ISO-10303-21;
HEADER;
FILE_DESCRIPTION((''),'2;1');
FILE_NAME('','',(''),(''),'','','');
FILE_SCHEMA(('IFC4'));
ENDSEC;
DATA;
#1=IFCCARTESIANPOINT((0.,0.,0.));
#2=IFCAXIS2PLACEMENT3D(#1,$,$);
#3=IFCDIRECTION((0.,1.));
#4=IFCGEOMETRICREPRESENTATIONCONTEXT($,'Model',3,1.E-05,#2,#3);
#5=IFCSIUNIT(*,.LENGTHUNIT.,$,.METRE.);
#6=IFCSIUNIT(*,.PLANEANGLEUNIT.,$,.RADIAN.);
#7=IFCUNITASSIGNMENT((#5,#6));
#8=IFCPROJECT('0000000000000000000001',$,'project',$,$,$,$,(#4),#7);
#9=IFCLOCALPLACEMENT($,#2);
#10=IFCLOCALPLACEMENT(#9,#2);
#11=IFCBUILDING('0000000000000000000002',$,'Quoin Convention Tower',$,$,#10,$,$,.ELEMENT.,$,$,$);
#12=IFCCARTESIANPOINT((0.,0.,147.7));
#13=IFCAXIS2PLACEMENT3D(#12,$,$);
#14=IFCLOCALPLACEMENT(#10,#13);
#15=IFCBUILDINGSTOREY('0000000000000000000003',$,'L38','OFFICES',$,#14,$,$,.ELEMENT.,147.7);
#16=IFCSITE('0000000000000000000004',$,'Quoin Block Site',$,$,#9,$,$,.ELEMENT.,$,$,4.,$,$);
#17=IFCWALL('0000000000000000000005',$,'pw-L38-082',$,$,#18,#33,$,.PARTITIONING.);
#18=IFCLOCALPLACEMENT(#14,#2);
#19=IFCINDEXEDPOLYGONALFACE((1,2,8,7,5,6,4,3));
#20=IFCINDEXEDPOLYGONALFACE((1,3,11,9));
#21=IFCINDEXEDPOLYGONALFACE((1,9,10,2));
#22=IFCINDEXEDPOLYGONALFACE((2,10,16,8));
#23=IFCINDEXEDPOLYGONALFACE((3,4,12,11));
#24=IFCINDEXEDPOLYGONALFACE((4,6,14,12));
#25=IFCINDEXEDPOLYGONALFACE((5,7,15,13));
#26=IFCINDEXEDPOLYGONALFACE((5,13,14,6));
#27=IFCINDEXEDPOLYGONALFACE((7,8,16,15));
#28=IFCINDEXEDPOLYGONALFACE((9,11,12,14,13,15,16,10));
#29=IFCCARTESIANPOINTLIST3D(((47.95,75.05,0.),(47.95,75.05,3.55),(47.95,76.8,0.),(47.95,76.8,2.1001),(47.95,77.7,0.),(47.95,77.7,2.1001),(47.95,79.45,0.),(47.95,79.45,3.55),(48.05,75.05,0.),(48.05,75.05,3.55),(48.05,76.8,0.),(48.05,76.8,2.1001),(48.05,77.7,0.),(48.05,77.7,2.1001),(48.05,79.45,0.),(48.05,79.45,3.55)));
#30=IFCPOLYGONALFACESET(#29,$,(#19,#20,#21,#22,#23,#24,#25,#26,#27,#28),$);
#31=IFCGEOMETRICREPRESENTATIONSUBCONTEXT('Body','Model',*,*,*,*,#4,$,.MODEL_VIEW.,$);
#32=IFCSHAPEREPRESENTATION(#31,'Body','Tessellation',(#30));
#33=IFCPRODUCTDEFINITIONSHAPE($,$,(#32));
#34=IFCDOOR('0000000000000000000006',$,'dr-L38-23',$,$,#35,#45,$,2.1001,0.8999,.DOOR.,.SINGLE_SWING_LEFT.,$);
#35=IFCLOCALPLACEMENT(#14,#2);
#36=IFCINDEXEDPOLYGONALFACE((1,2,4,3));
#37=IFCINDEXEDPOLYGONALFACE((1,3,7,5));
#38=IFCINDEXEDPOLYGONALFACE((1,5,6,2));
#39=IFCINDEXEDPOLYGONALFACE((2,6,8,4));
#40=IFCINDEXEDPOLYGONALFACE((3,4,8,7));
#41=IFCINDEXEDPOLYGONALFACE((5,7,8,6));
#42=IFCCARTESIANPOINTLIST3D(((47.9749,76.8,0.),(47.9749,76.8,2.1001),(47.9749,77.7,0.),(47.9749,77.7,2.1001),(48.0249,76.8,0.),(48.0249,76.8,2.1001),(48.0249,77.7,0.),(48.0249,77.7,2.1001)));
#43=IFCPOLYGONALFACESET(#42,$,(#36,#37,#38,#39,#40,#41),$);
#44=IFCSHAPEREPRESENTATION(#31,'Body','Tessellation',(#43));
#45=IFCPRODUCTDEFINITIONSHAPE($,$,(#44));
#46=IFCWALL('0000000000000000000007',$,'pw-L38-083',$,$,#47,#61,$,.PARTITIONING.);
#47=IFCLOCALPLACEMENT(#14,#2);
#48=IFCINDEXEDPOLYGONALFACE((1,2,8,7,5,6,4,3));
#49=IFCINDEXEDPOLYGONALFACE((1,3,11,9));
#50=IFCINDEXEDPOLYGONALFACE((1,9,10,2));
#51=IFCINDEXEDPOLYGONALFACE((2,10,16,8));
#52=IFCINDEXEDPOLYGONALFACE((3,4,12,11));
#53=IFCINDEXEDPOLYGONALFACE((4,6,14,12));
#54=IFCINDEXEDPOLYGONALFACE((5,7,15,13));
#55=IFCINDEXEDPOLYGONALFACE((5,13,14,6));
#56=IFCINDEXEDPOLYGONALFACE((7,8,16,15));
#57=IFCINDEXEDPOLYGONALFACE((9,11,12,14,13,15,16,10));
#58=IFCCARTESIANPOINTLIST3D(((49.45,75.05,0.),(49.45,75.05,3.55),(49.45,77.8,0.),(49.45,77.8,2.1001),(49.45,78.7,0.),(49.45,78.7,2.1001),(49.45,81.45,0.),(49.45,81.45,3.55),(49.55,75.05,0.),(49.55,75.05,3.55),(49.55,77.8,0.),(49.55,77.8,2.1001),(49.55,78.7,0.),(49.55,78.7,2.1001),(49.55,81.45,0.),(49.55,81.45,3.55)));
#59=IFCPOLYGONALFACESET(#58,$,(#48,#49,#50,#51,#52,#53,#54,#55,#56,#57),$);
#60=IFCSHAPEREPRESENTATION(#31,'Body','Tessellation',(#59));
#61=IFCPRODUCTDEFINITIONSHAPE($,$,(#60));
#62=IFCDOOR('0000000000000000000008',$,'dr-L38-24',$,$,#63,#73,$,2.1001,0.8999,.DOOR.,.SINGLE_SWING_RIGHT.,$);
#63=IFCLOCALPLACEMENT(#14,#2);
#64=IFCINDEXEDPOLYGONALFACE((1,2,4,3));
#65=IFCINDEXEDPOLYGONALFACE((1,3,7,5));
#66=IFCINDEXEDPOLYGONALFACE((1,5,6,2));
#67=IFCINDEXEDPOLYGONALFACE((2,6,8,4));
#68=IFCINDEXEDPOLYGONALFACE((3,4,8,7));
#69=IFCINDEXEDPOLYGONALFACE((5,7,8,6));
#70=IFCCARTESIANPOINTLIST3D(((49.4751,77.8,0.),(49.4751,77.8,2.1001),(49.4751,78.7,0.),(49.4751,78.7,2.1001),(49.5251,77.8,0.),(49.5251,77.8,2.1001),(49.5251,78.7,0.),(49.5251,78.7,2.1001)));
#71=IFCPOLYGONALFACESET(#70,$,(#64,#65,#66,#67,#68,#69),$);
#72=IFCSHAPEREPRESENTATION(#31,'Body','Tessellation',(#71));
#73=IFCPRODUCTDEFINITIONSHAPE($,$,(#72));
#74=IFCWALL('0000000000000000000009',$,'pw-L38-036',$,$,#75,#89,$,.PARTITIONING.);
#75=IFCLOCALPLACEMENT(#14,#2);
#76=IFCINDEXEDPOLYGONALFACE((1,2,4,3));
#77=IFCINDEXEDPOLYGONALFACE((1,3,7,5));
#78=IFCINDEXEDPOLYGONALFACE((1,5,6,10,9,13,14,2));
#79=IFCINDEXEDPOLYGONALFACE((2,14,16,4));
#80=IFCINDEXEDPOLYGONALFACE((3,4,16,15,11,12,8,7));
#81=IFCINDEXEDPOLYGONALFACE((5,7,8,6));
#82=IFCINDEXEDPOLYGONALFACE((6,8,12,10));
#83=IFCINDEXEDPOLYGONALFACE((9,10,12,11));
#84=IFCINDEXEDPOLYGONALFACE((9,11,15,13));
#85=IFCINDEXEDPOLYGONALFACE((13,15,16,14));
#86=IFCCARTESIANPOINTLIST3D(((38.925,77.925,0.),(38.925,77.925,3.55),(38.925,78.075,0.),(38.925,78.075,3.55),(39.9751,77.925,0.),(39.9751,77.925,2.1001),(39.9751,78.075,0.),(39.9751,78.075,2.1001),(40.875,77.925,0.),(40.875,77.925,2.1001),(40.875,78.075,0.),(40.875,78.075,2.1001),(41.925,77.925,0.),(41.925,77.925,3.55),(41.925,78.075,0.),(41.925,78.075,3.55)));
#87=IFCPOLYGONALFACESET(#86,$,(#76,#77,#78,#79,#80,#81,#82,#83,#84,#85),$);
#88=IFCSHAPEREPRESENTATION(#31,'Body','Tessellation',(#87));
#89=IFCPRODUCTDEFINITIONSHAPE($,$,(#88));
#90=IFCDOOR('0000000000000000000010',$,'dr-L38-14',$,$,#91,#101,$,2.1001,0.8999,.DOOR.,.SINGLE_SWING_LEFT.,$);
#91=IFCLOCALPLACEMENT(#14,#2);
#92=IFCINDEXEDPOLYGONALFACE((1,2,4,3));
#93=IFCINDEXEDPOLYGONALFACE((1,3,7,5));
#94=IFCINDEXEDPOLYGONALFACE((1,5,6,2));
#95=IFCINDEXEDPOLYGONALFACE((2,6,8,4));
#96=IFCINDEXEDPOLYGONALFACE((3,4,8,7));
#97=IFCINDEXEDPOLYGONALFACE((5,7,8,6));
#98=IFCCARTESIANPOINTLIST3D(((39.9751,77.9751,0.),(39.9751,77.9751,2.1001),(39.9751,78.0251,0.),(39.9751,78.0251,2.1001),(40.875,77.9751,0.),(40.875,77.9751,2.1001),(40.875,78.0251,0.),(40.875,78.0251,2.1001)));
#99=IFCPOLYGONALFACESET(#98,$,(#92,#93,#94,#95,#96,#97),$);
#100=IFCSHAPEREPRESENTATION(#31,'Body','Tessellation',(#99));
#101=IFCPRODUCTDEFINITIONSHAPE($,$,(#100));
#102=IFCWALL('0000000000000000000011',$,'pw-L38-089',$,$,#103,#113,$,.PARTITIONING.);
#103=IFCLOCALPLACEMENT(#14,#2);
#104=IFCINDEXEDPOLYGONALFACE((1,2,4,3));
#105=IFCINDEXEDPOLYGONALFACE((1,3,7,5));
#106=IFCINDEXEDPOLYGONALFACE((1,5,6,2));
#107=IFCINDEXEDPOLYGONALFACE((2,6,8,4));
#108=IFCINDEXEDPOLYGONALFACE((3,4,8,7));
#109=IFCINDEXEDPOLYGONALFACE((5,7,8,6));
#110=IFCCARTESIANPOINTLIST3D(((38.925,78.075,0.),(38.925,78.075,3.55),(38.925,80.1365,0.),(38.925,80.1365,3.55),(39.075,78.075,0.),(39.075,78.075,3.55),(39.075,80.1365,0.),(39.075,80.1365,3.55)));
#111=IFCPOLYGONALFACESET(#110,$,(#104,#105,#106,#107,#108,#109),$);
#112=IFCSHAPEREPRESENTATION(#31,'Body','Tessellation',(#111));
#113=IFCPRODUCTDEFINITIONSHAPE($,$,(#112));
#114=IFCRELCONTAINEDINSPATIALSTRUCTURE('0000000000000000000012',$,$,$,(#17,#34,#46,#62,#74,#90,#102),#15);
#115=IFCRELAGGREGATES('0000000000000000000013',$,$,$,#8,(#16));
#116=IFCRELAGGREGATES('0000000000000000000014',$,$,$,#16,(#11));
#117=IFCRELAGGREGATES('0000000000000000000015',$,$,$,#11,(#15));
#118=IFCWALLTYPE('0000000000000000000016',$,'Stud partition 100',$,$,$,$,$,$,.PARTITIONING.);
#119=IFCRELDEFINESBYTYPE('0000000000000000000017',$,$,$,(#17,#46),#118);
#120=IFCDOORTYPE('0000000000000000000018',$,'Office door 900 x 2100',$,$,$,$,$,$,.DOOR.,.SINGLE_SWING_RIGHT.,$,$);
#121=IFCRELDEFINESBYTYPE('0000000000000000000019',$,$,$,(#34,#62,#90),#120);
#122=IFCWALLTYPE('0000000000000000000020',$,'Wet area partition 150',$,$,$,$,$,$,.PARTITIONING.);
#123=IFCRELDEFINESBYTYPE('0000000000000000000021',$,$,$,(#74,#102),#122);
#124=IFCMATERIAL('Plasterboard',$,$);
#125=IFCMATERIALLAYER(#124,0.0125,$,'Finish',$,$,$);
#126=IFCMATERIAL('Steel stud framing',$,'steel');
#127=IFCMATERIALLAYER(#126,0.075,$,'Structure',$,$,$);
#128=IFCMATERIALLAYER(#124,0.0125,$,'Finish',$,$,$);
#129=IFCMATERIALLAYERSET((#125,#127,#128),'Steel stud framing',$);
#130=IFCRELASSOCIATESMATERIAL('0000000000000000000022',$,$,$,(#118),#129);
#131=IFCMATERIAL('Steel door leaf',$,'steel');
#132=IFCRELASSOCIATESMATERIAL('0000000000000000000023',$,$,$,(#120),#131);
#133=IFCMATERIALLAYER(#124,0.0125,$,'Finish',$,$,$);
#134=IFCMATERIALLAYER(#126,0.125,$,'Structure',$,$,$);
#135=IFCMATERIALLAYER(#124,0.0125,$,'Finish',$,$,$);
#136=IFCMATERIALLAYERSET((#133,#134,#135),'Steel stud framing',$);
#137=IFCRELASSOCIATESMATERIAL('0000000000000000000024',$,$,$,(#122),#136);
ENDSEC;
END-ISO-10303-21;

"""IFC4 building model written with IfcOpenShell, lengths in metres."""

from ifc_helpers import new_model, si_unit, direction, frame, frame_2d, origin, place, context, subcontext, project, spatial, rectangle, extrude, material, layer, layer_set, type_object, element, fill, save


model = new_model("IFC4")

# Units and contexts
model_context = context("Model", 3, precision=1e-05, world=origin(), true_north=direction((0.0, 1.0)))
body_context = subcontext(model_context, "Body", "Model", "MODEL_VIEW")
ifc_project = project(units=[si_unit("LENGTHUNIT", "METRE"), si_unit("PLANEANGLEUNIT", "RADIAN")], contexts=[model_context])

# Site, building, storey
site_placement = place(None, origin())
site = spatial("IfcSite", under=ifc_project, at=site_placement, Name="Quoin Block Site", CompositionType="ELEMENT", RefElevation=4.0)
building_placement = place(site_placement, origin())
building = spatial("IfcBuilding", under=site, at=building_placement, Name="Quoin Convention Tower", CompositionType="ELEMENT")
storey_placement = place(building_placement, frame((0.0, 0.0, 147.7)))
storey = spatial("IfcBuildingStorey", under=building, at=storey_placement, Name="L38", Description="OFFICES", CompositionType="ELEMENT", Elevation=147.7)

# Shared definitions
ifc_material_1 = material(Name="Plasterboard")
ifc_material_2 = material(Name="Steel stud framing", Category="steel")

# Shared definitions
ifc_material_3 = material(Name="Steel door leaf", Category="steel")

# Shared definitions
ifc_layer_1 = layer(ifc_material_1, 0.0125, Name="Finish")
ifc_layer_2 = layer(ifc_material_2, 0.075, Name="Structure")
ifc_layer_3 = layer(ifc_material_1, 0.0125, Name="Finish")
ifc_layer_set_1 = layer_set([ifc_layer_1, ifc_layer_2, ifc_layer_3], Name="Steel stud framing")
wall_type_1 = type_object("IfcWallType", Name="Stud partition 100", PredefinedType="PARTITIONING", material=ifc_layer_set_1)

# Walls, openings, doors
wall_1_placement = place(storey_placement, frame((48.0, 75.05, 0.0), z_axis=(0.0, 0.0, 1.0), x_axis=(0.0, 1.0, 0.0)))
wall_1 = element("IfcWall", 1, at=wall_1_placement, inside=storey, type_object=wall_type_1, Name="pw-L38-082", PredefinedType="PARTITIONING", context=body_context, shape_type="SweptSolid", body=[
    extrude(rectangle(XDim=4.3999, YDim=0.1001, at=frame_2d((2.2, 0.0))), origin(), (0.0, 0.0, 1.0), 3.55),
])
opening_1_placement = place(wall_1_placement, frame((1.75, 0.0, 0.0)))
opening_1 = element("IfcOpeningElement", 2, at=opening_1_placement, cuts=wall_1, PredefinedType="OPENING", context=body_context, shape_type="SweptSolid", body=[
    extrude(rectangle(XDim=0.8999, YDim=2.1001, at=frame_2d((0.45, 1.05))), frame((0.0, 0.0601, 0.0), z_axis=(0.0, -1.0, 0.0), x_axis=(1.0, 0.0, 0.0)), (0.0, 0.0, 1.0), 0.1201),
])
door_type_1 = type_object("IfcDoorType", Name="Office door 900 x 2100", OperationType="SINGLE_SWING_RIGHT", PredefinedType="DOOR", material=ifc_material_3)
door_1_placement = place(opening_1_placement, frame((0.8999, 0.0, 0.0), z_axis=(0.0, 0.0, 1.0), x_axis=(-1.0, 0.0, 0.0)))
door_1 = element("IfcDoor", 3, at=door_1_placement, inside=storey, type_object=door_type_1, Name="dr-L38-23", OperationType="SINGLE_SWING_LEFT", OverallHeight=2.1001, OverallWidth=0.8999, PredefinedType="DOOR", context=body_context, shape_type="SweptSolid", body=[
    extrude(rectangle(XDim=0.8999, YDim=2.1001, at=frame_2d((0.45, 1.05))), frame((0.0, 0.0249, 0.0), z_axis=(0.0, -1.0, 0.0), x_axis=(1.0, 0.0, 0.0)), (0.0, 0.0, 1.0), 0.05),
])
fill(opening_1, door_1)
wall_2_placement = place(storey_placement, frame((49.5, 75.05, 0.0), z_axis=(0.0, 0.0, 1.0), x_axis=(0.0, 1.0, 0.0)))
wall_2 = element("IfcWall", 4, at=wall_2_placement, inside=storey, type_object=wall_type_1, Name="pw-L38-083", PredefinedType="PARTITIONING", context=body_context, shape_type="SweptSolid", body=[
    extrude(rectangle(XDim=6.3999, YDim=0.1001, at=frame_2d((3.2, 0.0))), origin(), (0.0, 0.0, 1.0), 3.55),
])
opening_2_placement = place(wall_2_placement, frame((2.75, 0.0, 0.0)))
opening_2 = element("IfcOpeningElement", 5, at=opening_2_placement, cuts=wall_2, PredefinedType="OPENING", context=body_context, shape_type="SweptSolid", body=[
    extrude(rectangle(XDim=0.8999, YDim=2.1001, at=frame_2d((0.45, 1.05))), frame((0.0, 0.0601, 0.0), z_axis=(0.0, -1.0, 0.0), x_axis=(1.0, 0.0, 0.0)), (0.0, 0.0, 1.0), 0.1201),
])
door_2_placement = place(opening_2_placement, origin())
door_2 = element("IfcDoor", 6, at=door_2_placement, inside=storey, type_object=door_type_1, Name="dr-L38-24", OperationType="SINGLE_SWING_RIGHT", OverallHeight=2.1001, OverallWidth=0.8999, PredefinedType="DOOR", context=body_context, shape_type="SweptSolid", body=[
    extrude(rectangle(XDim=0.8999, YDim=2.1001, at=frame_2d((0.45, 1.05))), frame((0.0, 0.0249, 0.0), z_axis=(0.0, -1.0, 0.0), x_axis=(1.0, 0.0, 0.0)), (0.0, 0.0, 1.0), 0.05),
])
fill(opening_2, door_2)
ifc_layer_4 = layer(ifc_material_1, 0.0125, Name="Finish")
ifc_layer_5 = layer(ifc_material_2, 0.125, Name="Structure")
ifc_layer_6 = layer(ifc_material_1, 0.0125, Name="Finish")
ifc_layer_set_2 = layer_set([ifc_layer_4, ifc_layer_5, ifc_layer_6], Name="Steel stud framing")
wall_type_2 = type_object("IfcWallType", Name="Wet area partition 150", PredefinedType="PARTITIONING", material=ifc_layer_set_2)
wall_3_placement = place(storey_placement, frame((38.925, 78.0, 0.0), z_axis=(0.0, 0.0, 1.0), x_axis=(1.0, 0.0, 0.0)))
wall_3 = element("IfcWall", 7, at=wall_3_placement, inside=storey, type_object=wall_type_2, Name="pw-L38-036", PredefinedType="PARTITIONING", context=body_context, shape_type="SweptSolid", body=[
    extrude(rectangle(XDim=3.0, YDim=0.1499, at=frame_2d((1.5, 0.0))), origin(), (0.0, 0.0, 1.0), 3.55),
])
opening_3_placement = place(wall_3_placement, frame((1.05, 0.0, 0.0)))
opening_3 = element("IfcOpeningElement", 8, at=opening_3_placement, cuts=wall_3, PredefinedType="OPENING", context=body_context, shape_type="SweptSolid", body=[
    extrude(rectangle(XDim=0.8999, YDim=2.1001, at=frame_2d((0.45, 1.05))), frame((0.0, 0.085, 0.0), z_axis=(0.0, -1.0, 0.0), x_axis=(1.0, 0.0, 0.0)), (0.0, 0.0, 1.0), 0.1699),
])
door_3_placement = place(opening_3_placement, frame((0.8999, 0.0, 0.0), z_axis=(0.0, 0.0, 1.0), x_axis=(-1.0, 0.0, 0.0)))
door_3 = element("IfcDoor", 9, at=door_3_placement, inside=storey, type_object=door_type_1, Name="dr-L38-14", OperationType="SINGLE_SWING_LEFT", OverallHeight=2.1001, OverallWidth=0.8999, PredefinedType="DOOR", context=body_context, shape_type="SweptSolid", body=[
    extrude(rectangle(XDim=0.8999, YDim=2.1001, at=frame_2d((0.45, 1.05))), frame((0.0, 0.0249, 0.0), z_axis=(0.0, -1.0, 0.0), x_axis=(1.0, 0.0, 0.0)), (0.0, 0.0, 1.0), 0.05),
])
fill(opening_3, door_3)

# Wall
wall_4_placement = place(storey_placement, frame((39.0, 78.075, 0.0), z_axis=(0.0, 0.0, 1.0), x_axis=(0.0, 1.0, 0.0)))
element("IfcWall", 10, at=wall_4_placement, inside=storey, type_object=wall_type_2, Name="pw-L38-089", PredefinedType="PARTITIONING", context=body_context, shape_type="SweptSolid", body=[
    extrude(rectangle(XDim=2.0615, YDim=0.1499, at=frame_2d((1.0308, 0.0))), origin(), (0.0, 0.0, 1.0), 3.55),
])

save(model, "model.ifc")
